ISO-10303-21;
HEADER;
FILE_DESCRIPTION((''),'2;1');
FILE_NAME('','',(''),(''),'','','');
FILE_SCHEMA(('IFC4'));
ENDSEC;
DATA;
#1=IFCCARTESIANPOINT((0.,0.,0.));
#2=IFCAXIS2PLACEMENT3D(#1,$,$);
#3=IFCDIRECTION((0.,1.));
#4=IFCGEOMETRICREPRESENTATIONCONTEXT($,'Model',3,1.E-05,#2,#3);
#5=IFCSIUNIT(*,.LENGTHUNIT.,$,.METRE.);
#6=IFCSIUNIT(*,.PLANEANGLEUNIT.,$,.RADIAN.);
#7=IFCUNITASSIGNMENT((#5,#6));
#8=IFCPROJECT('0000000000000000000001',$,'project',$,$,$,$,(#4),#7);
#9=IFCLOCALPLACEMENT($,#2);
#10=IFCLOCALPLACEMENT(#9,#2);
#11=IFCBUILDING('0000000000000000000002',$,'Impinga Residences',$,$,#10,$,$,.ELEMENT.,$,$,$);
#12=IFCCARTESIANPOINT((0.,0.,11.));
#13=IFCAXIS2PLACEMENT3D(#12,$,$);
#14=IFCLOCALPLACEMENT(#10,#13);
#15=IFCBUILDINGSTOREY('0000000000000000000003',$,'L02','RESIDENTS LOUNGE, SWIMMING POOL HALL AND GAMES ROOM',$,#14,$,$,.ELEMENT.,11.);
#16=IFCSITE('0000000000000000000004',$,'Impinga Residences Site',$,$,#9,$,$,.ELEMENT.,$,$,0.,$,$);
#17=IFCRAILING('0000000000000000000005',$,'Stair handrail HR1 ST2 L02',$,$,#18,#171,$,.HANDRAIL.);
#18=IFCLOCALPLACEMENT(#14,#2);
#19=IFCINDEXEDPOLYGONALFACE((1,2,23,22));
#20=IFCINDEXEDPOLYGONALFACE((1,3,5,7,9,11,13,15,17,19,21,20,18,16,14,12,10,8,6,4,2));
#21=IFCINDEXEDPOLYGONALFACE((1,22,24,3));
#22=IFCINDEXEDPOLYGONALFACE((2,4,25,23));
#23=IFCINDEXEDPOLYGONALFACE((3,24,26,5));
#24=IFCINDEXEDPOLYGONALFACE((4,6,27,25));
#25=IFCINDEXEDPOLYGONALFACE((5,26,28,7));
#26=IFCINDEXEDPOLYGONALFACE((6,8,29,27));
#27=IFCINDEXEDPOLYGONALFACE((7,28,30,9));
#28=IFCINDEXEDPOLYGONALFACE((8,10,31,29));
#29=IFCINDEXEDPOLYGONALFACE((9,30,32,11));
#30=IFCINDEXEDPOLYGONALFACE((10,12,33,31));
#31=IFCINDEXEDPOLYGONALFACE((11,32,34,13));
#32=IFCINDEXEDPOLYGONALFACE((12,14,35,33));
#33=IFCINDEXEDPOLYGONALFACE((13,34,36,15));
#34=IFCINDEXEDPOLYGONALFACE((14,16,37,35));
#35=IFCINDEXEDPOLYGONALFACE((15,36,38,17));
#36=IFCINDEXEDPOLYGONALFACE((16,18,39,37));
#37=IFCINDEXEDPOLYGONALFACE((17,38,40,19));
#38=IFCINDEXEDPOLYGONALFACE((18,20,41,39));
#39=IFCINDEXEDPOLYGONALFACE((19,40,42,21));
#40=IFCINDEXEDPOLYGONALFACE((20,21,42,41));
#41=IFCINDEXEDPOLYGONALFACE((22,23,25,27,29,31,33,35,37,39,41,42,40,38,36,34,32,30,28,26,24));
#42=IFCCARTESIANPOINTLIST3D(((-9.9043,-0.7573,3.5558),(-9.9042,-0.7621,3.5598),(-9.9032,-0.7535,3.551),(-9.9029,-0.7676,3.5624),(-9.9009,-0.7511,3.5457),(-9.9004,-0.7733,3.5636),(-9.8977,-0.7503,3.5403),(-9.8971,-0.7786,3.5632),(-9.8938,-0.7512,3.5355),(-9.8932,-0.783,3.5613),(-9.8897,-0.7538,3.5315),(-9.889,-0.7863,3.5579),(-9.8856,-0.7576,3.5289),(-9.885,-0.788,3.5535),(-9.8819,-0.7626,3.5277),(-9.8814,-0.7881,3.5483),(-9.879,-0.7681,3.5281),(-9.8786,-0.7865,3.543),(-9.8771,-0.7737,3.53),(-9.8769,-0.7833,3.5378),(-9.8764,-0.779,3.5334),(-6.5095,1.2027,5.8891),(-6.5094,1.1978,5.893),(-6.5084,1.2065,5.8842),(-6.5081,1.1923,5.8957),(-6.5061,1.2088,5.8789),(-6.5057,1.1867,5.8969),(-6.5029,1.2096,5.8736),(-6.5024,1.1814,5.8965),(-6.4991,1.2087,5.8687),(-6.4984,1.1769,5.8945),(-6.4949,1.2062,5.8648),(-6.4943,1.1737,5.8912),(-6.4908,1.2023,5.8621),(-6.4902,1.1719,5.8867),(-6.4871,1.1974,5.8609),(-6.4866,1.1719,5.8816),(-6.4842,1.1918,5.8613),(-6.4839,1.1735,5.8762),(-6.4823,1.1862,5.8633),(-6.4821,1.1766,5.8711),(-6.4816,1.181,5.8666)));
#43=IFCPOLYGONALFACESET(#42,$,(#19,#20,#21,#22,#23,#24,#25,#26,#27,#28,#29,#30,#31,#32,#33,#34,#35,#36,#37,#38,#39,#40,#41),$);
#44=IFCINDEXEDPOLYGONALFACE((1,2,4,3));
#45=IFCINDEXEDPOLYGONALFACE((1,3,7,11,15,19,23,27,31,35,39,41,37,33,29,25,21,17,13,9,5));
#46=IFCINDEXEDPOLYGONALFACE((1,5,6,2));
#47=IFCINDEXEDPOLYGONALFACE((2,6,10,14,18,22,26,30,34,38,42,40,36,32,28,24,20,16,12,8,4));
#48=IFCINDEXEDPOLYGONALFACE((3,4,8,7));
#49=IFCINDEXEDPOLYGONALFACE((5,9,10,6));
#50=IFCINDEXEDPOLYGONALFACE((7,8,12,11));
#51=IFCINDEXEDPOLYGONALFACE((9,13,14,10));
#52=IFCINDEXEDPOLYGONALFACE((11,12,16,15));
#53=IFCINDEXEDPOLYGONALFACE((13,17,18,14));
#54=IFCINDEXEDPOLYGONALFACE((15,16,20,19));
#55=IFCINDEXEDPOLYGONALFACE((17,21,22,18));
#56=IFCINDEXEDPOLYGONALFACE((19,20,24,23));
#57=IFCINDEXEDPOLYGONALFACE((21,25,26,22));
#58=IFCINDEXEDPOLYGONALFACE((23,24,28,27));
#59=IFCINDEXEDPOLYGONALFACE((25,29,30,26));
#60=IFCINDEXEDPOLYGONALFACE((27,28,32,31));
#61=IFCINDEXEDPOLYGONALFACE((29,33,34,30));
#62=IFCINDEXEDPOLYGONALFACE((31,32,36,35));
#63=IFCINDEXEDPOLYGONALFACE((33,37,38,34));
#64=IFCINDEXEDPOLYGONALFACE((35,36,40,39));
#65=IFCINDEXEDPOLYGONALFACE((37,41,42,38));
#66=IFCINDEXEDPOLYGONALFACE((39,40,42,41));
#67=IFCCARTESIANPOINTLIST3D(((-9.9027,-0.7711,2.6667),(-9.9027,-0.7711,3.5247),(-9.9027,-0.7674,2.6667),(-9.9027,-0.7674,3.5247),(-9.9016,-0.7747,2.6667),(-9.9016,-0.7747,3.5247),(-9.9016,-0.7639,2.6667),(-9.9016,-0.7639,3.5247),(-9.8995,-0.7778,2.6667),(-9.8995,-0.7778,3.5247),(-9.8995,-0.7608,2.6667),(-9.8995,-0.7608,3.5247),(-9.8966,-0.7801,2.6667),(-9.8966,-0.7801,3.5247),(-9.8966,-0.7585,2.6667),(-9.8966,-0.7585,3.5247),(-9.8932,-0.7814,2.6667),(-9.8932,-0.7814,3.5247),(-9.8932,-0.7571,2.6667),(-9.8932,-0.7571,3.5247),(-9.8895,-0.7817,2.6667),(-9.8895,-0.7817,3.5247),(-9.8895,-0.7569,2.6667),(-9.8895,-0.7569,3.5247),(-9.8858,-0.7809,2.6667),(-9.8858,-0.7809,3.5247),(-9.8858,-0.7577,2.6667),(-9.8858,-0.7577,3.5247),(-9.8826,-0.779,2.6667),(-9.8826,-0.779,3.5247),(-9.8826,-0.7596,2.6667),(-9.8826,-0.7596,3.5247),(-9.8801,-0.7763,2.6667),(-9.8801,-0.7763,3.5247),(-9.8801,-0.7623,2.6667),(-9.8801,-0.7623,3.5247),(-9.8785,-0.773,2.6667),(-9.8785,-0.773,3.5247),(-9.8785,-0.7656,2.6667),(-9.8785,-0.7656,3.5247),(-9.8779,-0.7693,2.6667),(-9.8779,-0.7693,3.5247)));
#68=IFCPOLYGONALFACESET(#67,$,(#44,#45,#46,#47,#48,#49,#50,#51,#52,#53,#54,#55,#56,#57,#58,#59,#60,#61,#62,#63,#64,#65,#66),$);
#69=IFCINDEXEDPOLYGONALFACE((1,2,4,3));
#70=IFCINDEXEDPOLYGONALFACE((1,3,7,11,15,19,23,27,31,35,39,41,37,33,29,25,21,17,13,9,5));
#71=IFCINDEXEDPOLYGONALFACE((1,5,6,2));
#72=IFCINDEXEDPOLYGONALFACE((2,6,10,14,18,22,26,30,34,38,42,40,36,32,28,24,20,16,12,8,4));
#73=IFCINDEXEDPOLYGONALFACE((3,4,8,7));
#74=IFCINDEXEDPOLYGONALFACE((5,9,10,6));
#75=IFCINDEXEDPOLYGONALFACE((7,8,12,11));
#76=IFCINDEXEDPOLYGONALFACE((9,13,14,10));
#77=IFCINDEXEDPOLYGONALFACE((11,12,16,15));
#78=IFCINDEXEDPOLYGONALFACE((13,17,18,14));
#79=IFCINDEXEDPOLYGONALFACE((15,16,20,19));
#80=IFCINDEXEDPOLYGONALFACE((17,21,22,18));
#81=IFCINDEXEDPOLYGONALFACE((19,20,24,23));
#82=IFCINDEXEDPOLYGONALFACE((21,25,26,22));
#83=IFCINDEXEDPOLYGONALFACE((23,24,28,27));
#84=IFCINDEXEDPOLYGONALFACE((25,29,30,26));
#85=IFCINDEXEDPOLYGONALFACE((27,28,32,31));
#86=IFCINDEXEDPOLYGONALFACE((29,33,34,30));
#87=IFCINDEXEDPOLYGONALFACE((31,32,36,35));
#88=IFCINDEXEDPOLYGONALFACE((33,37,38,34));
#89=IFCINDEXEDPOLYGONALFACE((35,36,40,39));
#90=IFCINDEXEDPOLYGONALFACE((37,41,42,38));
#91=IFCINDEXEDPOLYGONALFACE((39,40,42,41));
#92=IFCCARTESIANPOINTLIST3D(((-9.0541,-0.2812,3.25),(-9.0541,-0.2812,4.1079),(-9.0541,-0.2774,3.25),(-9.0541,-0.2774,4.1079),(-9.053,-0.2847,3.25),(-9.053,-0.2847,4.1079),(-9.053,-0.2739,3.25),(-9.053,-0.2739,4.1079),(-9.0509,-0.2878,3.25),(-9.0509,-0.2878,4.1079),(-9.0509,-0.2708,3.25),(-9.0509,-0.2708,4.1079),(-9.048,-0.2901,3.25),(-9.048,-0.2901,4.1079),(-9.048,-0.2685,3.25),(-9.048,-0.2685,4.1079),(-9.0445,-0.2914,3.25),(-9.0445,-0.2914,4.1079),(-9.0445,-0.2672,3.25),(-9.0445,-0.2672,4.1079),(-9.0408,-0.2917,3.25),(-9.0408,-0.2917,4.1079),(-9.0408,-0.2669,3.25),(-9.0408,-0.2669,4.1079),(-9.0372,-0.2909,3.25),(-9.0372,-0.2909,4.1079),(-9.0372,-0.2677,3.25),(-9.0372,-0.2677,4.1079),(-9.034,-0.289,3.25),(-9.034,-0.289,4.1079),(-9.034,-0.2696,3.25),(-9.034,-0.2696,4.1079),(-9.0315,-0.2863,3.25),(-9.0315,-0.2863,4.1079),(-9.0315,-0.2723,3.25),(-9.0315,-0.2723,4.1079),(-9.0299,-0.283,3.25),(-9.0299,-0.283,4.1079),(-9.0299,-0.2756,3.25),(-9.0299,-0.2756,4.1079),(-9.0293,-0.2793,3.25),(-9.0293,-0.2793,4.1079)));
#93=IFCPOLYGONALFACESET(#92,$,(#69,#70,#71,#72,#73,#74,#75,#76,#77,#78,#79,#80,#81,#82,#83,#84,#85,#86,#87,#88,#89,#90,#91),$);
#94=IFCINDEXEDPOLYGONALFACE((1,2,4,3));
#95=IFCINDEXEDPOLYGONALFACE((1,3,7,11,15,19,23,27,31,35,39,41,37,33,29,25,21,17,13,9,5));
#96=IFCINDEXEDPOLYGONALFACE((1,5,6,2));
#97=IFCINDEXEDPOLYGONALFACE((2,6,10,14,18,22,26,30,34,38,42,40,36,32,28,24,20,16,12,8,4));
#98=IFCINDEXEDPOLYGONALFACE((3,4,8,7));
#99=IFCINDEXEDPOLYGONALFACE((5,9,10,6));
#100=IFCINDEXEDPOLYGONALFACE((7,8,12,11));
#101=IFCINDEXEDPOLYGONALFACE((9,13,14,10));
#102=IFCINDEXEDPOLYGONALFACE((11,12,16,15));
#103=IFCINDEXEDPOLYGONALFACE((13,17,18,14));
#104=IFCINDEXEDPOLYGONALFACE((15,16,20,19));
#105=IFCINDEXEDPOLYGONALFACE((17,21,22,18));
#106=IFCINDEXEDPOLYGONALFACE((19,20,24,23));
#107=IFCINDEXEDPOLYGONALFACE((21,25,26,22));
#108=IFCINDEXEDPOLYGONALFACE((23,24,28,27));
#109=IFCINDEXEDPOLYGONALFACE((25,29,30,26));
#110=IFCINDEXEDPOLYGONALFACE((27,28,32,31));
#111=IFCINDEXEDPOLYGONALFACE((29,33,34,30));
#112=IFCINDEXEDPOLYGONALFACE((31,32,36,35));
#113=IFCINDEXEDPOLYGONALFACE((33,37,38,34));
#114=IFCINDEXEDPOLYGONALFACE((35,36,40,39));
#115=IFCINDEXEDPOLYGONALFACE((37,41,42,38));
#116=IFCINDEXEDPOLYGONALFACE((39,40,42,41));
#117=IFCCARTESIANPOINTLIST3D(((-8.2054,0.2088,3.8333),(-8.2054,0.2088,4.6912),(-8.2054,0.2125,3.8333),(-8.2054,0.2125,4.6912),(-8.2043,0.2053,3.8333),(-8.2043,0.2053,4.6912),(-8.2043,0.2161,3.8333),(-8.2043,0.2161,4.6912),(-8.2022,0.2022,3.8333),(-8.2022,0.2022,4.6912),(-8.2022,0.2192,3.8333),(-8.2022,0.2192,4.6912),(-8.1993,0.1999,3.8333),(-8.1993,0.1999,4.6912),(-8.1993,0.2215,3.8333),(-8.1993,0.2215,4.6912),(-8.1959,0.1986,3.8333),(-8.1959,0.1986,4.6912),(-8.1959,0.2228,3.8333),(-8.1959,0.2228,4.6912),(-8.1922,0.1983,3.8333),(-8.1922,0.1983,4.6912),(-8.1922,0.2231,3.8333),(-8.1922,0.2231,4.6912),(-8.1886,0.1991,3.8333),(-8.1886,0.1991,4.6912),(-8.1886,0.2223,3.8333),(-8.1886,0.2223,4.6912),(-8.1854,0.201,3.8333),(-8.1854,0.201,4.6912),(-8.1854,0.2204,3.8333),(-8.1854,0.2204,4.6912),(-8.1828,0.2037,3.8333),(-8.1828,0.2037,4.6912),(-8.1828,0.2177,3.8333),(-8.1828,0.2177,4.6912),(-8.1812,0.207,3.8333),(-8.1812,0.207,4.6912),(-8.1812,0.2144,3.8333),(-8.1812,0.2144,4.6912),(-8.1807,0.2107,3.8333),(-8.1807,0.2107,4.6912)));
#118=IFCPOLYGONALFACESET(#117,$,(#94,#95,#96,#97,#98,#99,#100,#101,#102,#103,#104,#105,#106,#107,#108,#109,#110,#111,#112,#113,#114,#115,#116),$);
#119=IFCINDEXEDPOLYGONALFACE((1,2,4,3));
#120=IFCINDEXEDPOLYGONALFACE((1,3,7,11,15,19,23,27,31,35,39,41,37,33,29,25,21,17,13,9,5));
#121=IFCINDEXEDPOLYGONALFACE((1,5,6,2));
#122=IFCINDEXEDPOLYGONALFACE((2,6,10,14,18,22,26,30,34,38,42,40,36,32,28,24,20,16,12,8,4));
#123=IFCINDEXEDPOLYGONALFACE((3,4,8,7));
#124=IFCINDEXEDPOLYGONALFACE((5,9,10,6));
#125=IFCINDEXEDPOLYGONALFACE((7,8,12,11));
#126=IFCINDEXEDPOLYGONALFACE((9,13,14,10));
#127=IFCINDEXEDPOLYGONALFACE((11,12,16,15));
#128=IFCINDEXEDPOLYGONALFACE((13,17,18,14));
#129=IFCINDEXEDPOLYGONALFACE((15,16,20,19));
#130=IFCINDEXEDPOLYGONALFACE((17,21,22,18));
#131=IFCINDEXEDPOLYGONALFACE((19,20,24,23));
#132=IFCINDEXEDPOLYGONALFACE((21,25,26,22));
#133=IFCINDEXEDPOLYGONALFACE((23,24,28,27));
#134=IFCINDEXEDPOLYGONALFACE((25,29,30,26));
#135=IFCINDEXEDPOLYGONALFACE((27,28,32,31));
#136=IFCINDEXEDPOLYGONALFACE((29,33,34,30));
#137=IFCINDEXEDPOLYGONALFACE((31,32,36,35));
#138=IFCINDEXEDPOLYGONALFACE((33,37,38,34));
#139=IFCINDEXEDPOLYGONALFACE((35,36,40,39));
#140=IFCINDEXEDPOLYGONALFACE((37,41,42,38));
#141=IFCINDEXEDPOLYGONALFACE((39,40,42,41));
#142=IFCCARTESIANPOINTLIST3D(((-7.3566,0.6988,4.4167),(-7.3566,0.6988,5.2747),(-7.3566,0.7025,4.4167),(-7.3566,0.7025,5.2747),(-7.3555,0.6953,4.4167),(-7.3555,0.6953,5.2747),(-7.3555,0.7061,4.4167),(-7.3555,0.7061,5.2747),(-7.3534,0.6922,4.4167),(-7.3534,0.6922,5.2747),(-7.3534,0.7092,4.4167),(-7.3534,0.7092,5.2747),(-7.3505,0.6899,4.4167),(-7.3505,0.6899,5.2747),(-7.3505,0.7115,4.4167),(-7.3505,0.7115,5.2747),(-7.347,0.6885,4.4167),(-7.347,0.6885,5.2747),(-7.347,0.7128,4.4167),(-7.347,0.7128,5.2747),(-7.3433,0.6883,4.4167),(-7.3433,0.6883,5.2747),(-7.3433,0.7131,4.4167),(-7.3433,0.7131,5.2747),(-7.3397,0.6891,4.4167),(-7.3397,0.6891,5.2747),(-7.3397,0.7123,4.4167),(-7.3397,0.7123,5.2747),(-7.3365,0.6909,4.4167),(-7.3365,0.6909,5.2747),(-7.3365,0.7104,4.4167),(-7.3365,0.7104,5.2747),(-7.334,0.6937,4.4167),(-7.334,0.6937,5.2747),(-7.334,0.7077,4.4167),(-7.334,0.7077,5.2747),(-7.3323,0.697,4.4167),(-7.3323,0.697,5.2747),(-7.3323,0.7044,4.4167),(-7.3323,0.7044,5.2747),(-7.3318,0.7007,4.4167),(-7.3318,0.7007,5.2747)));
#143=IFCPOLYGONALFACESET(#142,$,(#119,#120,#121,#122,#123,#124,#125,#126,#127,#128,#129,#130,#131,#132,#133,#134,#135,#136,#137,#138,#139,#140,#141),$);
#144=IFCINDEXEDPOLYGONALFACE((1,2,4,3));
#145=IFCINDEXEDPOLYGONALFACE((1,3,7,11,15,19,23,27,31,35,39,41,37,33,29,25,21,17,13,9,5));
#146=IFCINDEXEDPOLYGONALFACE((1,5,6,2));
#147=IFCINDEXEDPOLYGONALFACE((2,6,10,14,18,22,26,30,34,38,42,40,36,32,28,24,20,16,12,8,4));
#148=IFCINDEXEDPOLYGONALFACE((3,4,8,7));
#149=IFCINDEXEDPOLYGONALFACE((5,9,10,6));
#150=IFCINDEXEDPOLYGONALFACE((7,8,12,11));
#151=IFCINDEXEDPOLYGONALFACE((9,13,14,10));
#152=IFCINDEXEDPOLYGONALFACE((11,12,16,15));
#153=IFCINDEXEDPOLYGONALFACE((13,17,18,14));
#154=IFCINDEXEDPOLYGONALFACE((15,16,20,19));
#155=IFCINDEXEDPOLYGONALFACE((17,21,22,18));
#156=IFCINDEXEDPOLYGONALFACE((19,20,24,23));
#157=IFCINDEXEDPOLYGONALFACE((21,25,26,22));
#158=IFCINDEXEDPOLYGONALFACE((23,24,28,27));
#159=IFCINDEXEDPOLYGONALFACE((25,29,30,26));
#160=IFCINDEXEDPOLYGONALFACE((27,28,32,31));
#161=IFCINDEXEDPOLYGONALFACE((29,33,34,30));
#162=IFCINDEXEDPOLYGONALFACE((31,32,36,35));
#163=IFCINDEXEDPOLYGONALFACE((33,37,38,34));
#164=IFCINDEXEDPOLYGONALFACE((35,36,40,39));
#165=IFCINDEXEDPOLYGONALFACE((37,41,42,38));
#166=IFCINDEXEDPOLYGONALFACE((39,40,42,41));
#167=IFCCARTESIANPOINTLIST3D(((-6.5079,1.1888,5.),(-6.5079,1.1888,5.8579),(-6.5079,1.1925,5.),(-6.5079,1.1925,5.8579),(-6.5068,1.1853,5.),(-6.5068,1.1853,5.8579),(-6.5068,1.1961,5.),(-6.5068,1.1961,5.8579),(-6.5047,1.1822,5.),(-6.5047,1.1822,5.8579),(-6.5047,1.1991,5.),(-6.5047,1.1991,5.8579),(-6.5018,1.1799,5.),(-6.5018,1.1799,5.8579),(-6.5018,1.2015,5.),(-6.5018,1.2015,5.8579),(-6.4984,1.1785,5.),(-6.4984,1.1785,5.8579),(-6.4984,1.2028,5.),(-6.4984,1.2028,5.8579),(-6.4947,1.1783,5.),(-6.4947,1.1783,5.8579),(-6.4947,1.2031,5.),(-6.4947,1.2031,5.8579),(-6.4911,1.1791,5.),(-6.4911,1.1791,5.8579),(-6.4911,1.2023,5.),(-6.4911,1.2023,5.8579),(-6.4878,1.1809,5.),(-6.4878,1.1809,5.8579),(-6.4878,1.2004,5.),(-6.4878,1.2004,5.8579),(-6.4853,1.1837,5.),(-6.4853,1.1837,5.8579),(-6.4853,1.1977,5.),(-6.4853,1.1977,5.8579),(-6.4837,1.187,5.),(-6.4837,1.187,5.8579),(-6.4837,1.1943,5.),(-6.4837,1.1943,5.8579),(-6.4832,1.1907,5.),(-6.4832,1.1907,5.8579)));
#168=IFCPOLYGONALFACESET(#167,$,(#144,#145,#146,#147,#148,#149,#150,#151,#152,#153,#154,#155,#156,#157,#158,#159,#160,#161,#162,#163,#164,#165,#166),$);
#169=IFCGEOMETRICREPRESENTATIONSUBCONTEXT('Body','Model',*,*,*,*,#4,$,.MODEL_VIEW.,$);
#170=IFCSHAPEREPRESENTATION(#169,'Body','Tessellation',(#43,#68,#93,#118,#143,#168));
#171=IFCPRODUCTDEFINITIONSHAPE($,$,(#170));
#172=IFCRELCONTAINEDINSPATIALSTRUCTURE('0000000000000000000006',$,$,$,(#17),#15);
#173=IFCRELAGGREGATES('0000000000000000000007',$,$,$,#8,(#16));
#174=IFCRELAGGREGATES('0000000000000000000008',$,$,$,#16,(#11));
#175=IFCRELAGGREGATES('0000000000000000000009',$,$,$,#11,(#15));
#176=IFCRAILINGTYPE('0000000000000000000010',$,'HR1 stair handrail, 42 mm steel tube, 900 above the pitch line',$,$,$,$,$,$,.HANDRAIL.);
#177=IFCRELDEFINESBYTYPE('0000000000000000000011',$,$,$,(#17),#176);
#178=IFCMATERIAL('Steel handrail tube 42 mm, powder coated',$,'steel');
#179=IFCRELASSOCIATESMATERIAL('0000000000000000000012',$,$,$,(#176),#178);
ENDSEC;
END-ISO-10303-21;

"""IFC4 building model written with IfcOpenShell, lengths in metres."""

from ifc_helpers import new_model, si_unit, direction, frame, origin, origin_2d, place, context, subcontext, project, spatial, circle, extrude, material, type_object, element, save


model = new_model("IFC4")

# Units and contexts
model_context = context("Model", 3, precision=1e-05, world=origin(), true_north=direction((0.0, 1.0)))
body_context = subcontext(model_context, "Body", "Model", "MODEL_VIEW")
ifc_project = project(units=[si_unit("LENGTHUNIT", "METRE"), si_unit("PLANEANGLEUNIT", "RADIAN")], contexts=[model_context])

# Site, building, storey
site_placement = place(None, origin())
site = spatial("IfcSite", under=ifc_project, at=site_placement, Name="Impinga Residences Site", CompositionType="ELEMENT", RefElevation=0.0)
building_placement = place(site_placement, origin())
building = spatial("IfcBuilding", under=site, at=building_placement, Name="Impinga Residences", CompositionType="ELEMENT")
storey_placement = place(building_placement, frame((0.0, 0.0, 11.0)))
storey = spatial("IfcBuildingStorey", under=building, at=storey_placement, Name="L02", Description="RESIDENTS LOUNGE, SWIMMING POOL HALL AND GAMES ROOM", CompositionType="ELEMENT", Elevation=11.0)

# Railing
ifc_material_1 = material(Name="Steel handrail tube 42 mm, powder coated", Category="steel")
railing_type_1 = type_object("IfcRailingType", Name="HR1 stair handrail, 42 mm steel tube, 900 above the pitch line", PredefinedType="HANDRAIL", material=ifc_material_1)
railing_1_placement = place(storey_placement, frame((-9.8904, -0.7693, 2.6667)))
element("IfcRailing", 1, at=railing_1_placement, inside=storey, type_object=railing_type_1, Name="Stair handrail HR1 ST2 L02", PredefinedType="HANDRAIL", context=body_context, shape_type="SweptSolid", body=[
    extrude(circle(Radius=0.021, at=origin_2d()), frame((0.0, 0.0, 0.8789), z_axis=(0.744175, 0.429646, 0.511476), x_axis=(-0.499997, 0.866027, 0.0)), (0.0, 0.0, 1.0), 4.5618),
    extrude(circle(Radius=0.0125, at=origin_2d()), origin(), (0.0, 0.0, 1.0), 0.8579),
    extrude(circle(Radius=0.0125, at=origin_2d()), frame((0.8486, 0.49, 0.5833)), (0.0, 0.0, 1.0), 0.8579),
    extrude(circle(Radius=0.0125, at=origin_2d()), frame((1.6973, 0.98, 1.1665)), (0.0, 0.0, 1.0), 0.8579),
    extrude(circle(Radius=0.0125, at=origin_2d()), frame((2.5461, 1.47, 1.75)), (0.0, 0.0, 1.0), 0.8579),
    extrude(circle(Radius=0.0125, at=origin_2d()), frame((3.3948, 1.96, 2.3333)), (0.0, 0.0, 1.0), 0.8579),
])

save(model, "model.ifc")
